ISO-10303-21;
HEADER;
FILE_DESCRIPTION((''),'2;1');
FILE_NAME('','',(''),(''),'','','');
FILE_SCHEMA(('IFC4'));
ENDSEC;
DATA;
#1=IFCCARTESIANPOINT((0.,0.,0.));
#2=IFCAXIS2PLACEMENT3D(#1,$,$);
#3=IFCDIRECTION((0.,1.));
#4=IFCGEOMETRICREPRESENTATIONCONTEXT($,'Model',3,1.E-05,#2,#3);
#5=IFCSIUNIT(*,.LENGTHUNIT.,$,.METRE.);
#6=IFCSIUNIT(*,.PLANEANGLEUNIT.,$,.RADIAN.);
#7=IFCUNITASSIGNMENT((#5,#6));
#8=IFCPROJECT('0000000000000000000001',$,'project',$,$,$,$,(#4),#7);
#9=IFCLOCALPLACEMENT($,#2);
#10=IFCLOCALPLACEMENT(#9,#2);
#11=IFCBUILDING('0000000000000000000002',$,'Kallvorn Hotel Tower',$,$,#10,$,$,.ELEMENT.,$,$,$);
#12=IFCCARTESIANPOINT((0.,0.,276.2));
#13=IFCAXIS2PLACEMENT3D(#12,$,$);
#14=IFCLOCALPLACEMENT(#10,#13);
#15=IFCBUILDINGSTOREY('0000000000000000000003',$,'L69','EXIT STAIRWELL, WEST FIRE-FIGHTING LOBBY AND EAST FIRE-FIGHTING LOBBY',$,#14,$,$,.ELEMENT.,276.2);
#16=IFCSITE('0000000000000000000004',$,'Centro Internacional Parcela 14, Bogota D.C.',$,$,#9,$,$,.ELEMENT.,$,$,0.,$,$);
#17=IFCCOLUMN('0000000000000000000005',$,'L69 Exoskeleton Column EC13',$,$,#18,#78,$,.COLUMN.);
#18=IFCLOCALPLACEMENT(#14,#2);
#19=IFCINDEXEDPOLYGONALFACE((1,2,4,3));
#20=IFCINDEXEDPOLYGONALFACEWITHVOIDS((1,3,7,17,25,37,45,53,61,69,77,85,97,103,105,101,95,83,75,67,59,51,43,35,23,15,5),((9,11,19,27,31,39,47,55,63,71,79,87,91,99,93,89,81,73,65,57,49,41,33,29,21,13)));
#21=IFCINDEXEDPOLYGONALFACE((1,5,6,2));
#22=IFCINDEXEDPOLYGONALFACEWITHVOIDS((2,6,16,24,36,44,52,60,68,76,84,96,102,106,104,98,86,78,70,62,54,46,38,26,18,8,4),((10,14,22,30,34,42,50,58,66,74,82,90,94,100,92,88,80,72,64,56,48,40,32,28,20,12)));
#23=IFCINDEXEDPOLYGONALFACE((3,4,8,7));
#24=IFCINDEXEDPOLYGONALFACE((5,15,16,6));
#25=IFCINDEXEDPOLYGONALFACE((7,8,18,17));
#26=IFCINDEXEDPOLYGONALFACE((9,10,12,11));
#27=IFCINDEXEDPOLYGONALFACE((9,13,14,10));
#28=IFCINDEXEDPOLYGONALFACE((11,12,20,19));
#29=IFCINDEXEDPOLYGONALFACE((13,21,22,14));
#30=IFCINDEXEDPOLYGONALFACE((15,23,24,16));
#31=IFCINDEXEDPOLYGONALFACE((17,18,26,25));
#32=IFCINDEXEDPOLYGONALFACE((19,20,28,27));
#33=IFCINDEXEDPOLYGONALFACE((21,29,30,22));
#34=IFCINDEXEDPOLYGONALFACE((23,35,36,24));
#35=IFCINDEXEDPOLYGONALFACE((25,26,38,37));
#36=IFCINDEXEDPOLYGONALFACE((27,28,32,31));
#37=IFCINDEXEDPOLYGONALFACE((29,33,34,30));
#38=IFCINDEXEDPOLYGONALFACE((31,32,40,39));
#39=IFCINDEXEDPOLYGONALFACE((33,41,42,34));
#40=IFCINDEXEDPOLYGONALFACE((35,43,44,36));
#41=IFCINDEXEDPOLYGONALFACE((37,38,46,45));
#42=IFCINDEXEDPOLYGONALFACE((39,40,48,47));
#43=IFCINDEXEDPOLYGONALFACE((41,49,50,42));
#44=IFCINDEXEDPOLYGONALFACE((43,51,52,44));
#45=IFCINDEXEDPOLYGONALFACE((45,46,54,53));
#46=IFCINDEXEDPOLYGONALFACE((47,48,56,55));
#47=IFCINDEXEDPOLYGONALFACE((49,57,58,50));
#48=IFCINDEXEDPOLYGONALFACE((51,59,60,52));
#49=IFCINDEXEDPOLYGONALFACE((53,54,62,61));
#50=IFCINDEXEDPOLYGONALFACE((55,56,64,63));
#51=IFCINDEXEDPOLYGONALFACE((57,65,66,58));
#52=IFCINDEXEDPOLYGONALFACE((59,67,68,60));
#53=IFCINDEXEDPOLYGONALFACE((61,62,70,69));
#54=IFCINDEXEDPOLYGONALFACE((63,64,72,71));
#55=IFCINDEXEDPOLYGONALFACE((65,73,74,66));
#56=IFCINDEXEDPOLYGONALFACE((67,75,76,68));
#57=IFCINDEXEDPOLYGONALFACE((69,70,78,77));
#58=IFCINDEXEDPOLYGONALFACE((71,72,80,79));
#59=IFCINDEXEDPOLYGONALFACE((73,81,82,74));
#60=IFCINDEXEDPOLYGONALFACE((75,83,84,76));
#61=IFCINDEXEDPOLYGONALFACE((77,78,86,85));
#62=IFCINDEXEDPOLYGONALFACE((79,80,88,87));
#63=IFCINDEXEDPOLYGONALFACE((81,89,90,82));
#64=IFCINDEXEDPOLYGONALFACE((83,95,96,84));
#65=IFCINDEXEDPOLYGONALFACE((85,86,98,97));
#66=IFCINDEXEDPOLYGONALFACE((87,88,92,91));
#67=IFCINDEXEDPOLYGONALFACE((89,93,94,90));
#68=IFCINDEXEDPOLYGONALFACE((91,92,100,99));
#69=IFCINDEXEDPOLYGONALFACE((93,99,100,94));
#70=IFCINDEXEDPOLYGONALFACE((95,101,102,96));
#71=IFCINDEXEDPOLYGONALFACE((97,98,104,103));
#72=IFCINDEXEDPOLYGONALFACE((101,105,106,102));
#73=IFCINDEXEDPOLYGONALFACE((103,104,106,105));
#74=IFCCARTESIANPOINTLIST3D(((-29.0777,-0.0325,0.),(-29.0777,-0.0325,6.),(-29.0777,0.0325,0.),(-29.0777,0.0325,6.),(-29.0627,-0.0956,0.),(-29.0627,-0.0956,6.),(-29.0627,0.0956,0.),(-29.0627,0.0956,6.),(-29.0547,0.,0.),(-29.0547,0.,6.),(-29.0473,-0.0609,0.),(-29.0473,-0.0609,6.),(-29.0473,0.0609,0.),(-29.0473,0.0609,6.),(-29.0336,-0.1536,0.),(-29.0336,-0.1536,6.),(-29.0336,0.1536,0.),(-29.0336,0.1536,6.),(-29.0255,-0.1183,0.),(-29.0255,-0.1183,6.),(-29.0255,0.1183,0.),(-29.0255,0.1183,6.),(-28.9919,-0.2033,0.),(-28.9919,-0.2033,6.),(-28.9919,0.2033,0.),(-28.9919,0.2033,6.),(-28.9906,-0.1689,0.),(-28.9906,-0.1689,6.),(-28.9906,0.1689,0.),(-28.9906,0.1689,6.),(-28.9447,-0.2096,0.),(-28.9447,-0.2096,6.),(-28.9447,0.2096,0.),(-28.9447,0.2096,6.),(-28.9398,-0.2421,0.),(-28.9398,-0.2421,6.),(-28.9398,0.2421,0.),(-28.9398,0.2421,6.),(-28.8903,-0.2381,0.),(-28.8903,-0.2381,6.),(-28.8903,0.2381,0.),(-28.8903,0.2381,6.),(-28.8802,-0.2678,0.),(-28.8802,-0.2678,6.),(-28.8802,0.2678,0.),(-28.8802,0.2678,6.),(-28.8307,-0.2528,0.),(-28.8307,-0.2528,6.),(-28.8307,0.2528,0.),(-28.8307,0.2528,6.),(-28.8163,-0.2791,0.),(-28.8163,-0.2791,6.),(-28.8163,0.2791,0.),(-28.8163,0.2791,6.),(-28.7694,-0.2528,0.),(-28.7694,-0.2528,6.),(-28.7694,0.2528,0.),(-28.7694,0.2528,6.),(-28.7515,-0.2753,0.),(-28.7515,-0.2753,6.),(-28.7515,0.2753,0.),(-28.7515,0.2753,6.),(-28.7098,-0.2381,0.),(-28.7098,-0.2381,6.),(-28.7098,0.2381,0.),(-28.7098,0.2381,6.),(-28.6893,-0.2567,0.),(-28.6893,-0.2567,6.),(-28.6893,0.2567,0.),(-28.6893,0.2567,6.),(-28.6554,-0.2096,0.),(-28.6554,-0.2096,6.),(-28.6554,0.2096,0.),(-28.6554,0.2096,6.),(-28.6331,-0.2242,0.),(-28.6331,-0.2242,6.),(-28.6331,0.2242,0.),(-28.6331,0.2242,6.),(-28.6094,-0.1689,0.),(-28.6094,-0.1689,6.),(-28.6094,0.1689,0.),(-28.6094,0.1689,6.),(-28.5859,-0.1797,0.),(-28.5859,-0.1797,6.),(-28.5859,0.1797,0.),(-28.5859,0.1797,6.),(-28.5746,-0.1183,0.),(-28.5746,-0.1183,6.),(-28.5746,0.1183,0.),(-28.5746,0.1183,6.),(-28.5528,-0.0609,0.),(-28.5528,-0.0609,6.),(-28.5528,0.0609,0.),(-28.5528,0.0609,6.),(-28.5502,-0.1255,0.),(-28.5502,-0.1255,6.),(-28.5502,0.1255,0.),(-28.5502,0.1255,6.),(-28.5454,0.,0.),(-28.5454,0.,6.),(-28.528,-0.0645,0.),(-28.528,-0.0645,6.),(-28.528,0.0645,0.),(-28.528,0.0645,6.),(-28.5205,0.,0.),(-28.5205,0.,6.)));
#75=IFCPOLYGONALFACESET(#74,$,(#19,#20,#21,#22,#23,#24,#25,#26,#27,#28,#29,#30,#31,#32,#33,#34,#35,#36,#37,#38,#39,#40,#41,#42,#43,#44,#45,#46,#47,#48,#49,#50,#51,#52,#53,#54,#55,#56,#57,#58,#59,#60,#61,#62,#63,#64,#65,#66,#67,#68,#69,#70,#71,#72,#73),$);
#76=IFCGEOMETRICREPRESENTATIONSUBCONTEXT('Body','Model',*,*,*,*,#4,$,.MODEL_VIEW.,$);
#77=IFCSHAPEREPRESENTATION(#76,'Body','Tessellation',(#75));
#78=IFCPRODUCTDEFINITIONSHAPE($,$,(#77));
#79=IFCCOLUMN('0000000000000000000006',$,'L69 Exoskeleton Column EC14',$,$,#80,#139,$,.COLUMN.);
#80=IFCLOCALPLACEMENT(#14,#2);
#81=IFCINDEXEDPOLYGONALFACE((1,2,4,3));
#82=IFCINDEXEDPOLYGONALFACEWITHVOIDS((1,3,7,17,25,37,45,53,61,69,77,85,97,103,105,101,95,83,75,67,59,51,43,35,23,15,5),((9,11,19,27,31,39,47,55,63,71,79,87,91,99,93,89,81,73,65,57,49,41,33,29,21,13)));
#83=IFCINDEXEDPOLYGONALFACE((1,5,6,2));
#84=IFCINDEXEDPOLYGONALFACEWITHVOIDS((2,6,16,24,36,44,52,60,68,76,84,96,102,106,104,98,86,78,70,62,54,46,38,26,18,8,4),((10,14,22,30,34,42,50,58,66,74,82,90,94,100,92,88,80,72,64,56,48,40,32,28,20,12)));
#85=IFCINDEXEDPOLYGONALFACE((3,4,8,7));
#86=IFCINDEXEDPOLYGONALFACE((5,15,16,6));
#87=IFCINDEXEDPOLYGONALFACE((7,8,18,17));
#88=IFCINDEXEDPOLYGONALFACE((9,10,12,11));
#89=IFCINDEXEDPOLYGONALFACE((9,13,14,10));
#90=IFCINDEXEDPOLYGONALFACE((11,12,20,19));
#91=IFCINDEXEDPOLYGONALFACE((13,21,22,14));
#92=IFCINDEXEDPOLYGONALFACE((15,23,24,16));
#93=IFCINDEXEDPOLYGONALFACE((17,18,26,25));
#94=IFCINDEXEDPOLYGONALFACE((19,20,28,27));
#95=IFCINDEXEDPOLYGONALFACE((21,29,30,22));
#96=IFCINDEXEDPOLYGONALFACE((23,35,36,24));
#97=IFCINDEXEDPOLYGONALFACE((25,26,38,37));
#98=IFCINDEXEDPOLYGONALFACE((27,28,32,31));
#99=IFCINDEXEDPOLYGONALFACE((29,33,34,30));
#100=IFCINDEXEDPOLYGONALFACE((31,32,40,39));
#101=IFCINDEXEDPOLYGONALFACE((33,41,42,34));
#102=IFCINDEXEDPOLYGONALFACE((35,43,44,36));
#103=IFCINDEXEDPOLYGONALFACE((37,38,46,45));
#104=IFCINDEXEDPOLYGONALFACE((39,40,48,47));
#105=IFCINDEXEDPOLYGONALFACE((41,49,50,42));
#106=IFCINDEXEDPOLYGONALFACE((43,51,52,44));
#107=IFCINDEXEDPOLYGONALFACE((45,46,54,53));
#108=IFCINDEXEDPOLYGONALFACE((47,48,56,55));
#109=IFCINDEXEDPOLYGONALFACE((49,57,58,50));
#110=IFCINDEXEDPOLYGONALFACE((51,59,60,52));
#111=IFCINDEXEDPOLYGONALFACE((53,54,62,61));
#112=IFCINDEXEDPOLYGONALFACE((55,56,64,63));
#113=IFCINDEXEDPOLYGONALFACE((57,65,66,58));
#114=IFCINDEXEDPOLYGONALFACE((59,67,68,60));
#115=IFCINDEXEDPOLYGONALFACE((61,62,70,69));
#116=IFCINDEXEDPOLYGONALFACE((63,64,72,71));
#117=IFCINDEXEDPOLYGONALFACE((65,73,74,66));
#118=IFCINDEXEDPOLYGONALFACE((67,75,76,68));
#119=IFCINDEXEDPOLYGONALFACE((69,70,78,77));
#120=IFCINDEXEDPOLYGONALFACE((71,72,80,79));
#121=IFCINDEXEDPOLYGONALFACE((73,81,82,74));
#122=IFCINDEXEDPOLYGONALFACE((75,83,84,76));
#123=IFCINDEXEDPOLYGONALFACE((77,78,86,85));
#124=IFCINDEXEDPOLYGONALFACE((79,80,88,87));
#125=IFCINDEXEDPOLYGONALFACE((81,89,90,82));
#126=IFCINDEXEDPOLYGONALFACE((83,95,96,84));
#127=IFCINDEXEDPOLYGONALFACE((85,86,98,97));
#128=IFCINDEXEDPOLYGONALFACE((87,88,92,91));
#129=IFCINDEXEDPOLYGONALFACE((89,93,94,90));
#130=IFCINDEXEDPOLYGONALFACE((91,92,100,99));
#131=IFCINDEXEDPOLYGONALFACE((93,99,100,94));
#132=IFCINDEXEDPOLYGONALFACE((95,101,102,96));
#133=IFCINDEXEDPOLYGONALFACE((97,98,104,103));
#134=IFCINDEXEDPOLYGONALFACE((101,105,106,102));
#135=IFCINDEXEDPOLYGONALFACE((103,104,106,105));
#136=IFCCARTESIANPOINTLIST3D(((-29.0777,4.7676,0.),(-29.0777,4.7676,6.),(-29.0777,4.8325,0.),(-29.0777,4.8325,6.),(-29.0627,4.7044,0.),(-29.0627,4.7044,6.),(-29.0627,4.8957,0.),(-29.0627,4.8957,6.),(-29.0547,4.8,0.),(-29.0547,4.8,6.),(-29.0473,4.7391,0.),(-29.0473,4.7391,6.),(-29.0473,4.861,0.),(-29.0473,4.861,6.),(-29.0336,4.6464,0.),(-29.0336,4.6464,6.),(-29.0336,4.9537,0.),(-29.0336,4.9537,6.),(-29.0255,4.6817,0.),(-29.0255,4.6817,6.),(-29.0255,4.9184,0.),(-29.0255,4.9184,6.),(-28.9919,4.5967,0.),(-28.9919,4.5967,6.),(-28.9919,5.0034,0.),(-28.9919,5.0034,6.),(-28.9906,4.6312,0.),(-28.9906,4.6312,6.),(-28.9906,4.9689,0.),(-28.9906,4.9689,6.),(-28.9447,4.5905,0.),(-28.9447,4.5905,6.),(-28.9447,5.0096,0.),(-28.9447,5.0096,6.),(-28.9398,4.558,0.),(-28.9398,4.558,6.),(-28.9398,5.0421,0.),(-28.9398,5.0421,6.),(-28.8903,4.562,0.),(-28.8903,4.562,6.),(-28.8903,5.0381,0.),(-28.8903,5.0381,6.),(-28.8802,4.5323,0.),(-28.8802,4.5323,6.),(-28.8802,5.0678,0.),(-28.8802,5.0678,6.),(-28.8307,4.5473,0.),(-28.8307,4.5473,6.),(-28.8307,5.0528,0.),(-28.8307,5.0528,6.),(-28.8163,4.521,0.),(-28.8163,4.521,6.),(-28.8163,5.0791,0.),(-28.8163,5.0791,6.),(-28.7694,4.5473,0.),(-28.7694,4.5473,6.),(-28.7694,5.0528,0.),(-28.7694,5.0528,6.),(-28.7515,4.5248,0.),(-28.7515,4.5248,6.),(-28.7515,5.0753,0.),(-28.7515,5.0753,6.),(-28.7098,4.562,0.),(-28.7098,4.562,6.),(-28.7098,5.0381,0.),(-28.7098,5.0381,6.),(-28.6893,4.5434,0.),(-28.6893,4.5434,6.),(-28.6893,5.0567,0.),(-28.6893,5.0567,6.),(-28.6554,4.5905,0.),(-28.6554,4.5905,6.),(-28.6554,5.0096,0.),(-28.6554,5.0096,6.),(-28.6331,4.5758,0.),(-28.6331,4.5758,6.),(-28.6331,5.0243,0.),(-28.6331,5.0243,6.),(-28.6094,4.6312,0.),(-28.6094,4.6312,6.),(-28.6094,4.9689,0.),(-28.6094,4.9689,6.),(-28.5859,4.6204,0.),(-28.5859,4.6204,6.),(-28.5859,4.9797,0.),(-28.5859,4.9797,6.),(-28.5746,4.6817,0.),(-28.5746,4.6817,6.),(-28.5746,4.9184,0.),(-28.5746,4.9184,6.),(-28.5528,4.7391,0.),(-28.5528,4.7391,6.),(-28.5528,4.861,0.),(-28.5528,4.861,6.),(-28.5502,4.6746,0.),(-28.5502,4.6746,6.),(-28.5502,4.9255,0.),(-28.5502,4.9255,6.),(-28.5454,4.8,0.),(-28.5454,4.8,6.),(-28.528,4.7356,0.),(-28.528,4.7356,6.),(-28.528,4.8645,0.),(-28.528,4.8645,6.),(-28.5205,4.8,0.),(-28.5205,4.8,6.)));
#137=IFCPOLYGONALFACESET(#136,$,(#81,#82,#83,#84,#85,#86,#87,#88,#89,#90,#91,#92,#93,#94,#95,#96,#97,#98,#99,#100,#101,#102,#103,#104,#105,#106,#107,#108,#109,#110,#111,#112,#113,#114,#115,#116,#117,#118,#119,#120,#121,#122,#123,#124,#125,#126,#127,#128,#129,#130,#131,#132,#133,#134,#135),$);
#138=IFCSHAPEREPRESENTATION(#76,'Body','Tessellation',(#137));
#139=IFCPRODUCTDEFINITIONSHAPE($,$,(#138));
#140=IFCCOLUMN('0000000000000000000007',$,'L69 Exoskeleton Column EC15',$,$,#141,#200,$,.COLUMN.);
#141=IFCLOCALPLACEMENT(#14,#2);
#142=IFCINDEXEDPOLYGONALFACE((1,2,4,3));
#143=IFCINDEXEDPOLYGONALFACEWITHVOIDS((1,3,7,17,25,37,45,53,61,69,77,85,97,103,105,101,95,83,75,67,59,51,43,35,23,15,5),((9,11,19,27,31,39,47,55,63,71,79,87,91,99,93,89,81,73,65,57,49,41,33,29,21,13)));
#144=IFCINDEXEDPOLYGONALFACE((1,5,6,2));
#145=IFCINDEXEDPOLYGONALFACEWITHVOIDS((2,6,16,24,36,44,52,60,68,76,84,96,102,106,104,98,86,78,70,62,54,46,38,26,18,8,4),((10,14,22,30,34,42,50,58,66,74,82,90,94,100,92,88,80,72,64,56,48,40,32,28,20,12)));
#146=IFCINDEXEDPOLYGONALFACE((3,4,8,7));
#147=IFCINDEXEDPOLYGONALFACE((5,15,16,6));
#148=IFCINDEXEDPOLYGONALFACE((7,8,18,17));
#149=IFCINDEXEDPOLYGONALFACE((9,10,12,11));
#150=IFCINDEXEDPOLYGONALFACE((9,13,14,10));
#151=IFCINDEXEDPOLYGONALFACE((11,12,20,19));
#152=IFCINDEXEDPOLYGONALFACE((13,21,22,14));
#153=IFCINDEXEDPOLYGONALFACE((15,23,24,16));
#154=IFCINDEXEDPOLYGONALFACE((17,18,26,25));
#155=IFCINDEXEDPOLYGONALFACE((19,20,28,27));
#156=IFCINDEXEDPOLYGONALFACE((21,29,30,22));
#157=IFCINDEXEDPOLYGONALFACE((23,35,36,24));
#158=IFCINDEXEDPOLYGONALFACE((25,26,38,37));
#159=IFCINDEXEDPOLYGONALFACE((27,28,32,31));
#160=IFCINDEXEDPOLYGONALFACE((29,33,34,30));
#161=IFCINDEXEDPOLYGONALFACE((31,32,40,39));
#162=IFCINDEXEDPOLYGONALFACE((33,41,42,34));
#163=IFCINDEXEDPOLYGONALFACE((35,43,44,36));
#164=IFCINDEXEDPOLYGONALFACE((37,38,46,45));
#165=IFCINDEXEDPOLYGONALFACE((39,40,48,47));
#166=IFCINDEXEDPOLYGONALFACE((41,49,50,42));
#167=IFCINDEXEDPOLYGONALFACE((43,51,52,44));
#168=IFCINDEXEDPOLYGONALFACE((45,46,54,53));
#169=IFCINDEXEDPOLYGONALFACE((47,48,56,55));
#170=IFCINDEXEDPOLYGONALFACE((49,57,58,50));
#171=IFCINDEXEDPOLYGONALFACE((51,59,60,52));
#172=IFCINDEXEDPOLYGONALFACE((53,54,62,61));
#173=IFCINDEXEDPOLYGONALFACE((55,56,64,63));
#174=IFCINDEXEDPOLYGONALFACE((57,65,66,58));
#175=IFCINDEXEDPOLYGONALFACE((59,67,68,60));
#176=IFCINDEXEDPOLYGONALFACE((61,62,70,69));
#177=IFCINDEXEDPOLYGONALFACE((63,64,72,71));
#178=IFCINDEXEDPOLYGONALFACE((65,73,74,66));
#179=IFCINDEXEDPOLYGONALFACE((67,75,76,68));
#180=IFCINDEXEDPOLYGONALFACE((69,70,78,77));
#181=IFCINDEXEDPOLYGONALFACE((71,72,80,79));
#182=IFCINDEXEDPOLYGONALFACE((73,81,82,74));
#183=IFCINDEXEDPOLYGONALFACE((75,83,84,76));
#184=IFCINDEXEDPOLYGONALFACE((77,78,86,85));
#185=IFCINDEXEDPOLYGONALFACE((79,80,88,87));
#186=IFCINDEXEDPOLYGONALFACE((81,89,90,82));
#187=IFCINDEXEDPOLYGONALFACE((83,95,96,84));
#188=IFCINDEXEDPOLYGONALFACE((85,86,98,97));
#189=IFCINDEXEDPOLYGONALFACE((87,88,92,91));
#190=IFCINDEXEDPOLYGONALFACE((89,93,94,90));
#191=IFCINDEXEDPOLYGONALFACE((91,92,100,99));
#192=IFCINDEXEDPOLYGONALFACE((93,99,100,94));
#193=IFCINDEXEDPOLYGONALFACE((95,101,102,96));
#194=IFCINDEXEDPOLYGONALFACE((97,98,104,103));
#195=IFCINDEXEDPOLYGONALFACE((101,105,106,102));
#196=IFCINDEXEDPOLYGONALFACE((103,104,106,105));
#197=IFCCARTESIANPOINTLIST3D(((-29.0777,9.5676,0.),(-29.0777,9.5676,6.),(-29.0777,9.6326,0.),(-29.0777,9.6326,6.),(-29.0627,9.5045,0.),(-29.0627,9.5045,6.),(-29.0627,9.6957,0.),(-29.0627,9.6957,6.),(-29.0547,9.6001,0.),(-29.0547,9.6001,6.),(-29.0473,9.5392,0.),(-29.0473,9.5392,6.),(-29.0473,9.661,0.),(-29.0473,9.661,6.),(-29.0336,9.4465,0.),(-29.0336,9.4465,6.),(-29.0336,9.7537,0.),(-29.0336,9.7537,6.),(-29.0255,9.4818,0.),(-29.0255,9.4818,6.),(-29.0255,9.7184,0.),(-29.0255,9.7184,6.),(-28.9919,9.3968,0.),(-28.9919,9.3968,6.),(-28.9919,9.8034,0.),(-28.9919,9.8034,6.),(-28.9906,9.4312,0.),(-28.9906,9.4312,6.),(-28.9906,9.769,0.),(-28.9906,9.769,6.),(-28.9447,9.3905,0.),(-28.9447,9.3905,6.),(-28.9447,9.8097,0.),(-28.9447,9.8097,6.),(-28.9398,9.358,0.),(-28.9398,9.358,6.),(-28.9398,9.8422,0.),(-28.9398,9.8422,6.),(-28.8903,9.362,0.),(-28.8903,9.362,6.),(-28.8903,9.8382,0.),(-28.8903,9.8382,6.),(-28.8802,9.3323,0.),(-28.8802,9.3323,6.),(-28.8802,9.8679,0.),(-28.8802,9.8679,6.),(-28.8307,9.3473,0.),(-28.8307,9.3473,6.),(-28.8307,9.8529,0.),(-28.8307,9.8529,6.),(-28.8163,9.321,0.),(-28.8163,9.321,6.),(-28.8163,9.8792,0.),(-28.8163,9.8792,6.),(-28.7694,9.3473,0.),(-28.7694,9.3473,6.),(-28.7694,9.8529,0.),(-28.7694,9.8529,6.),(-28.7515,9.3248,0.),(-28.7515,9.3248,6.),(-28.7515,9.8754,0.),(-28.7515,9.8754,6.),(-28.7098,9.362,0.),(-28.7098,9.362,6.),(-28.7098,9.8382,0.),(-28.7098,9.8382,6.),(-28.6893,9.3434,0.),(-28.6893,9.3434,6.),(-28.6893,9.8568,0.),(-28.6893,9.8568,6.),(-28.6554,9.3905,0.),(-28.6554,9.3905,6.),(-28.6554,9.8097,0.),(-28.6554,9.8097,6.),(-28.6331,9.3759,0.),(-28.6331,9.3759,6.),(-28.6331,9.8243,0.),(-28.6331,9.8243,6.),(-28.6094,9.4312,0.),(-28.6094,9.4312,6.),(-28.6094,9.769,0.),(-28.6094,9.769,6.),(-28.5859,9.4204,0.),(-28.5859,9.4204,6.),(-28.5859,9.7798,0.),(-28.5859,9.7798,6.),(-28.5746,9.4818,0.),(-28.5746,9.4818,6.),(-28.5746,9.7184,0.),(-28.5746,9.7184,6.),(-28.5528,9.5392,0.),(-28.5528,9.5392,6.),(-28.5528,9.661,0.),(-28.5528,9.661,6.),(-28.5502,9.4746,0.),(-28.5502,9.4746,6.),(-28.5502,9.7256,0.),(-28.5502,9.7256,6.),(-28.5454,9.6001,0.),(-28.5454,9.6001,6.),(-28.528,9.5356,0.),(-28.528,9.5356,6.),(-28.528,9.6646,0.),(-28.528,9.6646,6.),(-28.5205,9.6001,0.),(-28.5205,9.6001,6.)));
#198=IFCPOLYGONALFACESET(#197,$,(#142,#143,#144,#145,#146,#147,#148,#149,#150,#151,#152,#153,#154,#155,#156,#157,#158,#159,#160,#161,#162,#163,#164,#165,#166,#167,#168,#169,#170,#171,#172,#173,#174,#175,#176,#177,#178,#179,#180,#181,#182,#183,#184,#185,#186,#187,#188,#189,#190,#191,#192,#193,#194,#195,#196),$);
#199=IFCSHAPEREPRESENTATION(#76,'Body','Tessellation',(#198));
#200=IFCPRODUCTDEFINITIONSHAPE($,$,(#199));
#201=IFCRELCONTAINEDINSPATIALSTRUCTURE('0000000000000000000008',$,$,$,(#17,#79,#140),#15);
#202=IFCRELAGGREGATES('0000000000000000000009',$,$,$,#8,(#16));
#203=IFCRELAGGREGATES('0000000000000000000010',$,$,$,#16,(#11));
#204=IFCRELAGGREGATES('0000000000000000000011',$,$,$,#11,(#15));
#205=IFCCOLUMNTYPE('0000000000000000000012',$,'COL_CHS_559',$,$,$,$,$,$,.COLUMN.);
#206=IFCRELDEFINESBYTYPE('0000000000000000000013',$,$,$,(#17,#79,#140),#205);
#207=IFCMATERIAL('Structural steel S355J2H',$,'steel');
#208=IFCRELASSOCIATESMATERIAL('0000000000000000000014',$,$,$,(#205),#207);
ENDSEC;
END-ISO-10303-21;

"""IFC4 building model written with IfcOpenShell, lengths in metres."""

from ifc_helpers import new_model, si_unit, direction, frame, origin, origin_2d, place, context, subcontext, project, spatial, hollow_circle, extrude, material, material_profile, profile_set, type_object, element, save


model = new_model("IFC4")

# Units and contexts
model_context = context("Model", 3, precision=1e-05, world=origin(), true_north=direction((0.0, 1.0)))
body_context = subcontext(model_context, "Body", "Model", "MODEL_VIEW")
ifc_project = project(units=[si_unit("LENGTHUNIT", "METRE"), si_unit("PLANEANGLEUNIT", "RADIAN")], contexts=[model_context])

# Site, building, storey
site_placement = place(None, origin())
site = spatial("IfcSite", under=ifc_project, at=site_placement, Name="Centro Internacional Parcela 14, Bogota D.C.", CompositionType="ELEMENT", RefElevation=0.0)
building_placement = place(site_placement, origin())
building = spatial("IfcBuilding", under=site, at=building_placement, Name="Kallvorn Hotel Tower", CompositionType="ELEMENT")
storey_placement = place(building_placement, frame((0.0, 0.0, 276.2)))
storey = spatial("IfcBuildingStorey", under=building, at=storey_placement, Name="L69", Description="EXIT STAIRWELL, WEST FIRE-FIGHTING LOBBY AND EAST FIRE-FIGHTING LOBBY", CompositionType="ELEMENT", Elevation=276.2)

# Columns
ifc_material_1 = material(Name="Structural steel S355J2H", Category="steel")
ifc_material_profile_1 = material_profile(ifc_material_1, hollow_circle(Radius=0.2795, WallThickness=0.0249, at=origin_2d()), Name="CHS 559x25")
ifc_profile_set_1 = profile_set([ifc_material_profile_1], Name="Structural steel S355J2H")
column_type_1 = type_object("IfcColumnType", Name="COL_CHS_559", PredefinedType="COLUMN", material=ifc_profile_set_1)
for number, where, z_axis, x_axis, name in (
    (1, (-28.8, 0.0, 0.0), (0.0, 0.0, 1.0), (1.0, 0.0, 0.0), "L69 Exoskeleton Column EC13"),
    (2, (-28.8, 4.8, 0.0), (0.0, 0.0, 1.0), (1.0, 0.0, 0.0), "L69 Exoskeleton Column EC14"),
    (3, (-28.8, 9.6001, 0.0), (0.0, 0.0, 1.0), (1.0, 0.0, 0.0), "L69 Exoskeleton Column EC15"),
):
    element("IfcColumn", number, at=place(storey_placement, frame(where, z_axis=z_axis, x_axis=x_axis)), inside=storey, type_object=column_type_1, Name=name, PredefinedType="COLUMN", context=body_context, shape_type="SweptSolid", body=[
        extrude(hollow_circle(Radius=0.2795, WallThickness=0.0249, at=origin_2d()), origin(), (0.0, 0.0, 1.0), 6.0),
    ])

save(model, "model.ifc")
